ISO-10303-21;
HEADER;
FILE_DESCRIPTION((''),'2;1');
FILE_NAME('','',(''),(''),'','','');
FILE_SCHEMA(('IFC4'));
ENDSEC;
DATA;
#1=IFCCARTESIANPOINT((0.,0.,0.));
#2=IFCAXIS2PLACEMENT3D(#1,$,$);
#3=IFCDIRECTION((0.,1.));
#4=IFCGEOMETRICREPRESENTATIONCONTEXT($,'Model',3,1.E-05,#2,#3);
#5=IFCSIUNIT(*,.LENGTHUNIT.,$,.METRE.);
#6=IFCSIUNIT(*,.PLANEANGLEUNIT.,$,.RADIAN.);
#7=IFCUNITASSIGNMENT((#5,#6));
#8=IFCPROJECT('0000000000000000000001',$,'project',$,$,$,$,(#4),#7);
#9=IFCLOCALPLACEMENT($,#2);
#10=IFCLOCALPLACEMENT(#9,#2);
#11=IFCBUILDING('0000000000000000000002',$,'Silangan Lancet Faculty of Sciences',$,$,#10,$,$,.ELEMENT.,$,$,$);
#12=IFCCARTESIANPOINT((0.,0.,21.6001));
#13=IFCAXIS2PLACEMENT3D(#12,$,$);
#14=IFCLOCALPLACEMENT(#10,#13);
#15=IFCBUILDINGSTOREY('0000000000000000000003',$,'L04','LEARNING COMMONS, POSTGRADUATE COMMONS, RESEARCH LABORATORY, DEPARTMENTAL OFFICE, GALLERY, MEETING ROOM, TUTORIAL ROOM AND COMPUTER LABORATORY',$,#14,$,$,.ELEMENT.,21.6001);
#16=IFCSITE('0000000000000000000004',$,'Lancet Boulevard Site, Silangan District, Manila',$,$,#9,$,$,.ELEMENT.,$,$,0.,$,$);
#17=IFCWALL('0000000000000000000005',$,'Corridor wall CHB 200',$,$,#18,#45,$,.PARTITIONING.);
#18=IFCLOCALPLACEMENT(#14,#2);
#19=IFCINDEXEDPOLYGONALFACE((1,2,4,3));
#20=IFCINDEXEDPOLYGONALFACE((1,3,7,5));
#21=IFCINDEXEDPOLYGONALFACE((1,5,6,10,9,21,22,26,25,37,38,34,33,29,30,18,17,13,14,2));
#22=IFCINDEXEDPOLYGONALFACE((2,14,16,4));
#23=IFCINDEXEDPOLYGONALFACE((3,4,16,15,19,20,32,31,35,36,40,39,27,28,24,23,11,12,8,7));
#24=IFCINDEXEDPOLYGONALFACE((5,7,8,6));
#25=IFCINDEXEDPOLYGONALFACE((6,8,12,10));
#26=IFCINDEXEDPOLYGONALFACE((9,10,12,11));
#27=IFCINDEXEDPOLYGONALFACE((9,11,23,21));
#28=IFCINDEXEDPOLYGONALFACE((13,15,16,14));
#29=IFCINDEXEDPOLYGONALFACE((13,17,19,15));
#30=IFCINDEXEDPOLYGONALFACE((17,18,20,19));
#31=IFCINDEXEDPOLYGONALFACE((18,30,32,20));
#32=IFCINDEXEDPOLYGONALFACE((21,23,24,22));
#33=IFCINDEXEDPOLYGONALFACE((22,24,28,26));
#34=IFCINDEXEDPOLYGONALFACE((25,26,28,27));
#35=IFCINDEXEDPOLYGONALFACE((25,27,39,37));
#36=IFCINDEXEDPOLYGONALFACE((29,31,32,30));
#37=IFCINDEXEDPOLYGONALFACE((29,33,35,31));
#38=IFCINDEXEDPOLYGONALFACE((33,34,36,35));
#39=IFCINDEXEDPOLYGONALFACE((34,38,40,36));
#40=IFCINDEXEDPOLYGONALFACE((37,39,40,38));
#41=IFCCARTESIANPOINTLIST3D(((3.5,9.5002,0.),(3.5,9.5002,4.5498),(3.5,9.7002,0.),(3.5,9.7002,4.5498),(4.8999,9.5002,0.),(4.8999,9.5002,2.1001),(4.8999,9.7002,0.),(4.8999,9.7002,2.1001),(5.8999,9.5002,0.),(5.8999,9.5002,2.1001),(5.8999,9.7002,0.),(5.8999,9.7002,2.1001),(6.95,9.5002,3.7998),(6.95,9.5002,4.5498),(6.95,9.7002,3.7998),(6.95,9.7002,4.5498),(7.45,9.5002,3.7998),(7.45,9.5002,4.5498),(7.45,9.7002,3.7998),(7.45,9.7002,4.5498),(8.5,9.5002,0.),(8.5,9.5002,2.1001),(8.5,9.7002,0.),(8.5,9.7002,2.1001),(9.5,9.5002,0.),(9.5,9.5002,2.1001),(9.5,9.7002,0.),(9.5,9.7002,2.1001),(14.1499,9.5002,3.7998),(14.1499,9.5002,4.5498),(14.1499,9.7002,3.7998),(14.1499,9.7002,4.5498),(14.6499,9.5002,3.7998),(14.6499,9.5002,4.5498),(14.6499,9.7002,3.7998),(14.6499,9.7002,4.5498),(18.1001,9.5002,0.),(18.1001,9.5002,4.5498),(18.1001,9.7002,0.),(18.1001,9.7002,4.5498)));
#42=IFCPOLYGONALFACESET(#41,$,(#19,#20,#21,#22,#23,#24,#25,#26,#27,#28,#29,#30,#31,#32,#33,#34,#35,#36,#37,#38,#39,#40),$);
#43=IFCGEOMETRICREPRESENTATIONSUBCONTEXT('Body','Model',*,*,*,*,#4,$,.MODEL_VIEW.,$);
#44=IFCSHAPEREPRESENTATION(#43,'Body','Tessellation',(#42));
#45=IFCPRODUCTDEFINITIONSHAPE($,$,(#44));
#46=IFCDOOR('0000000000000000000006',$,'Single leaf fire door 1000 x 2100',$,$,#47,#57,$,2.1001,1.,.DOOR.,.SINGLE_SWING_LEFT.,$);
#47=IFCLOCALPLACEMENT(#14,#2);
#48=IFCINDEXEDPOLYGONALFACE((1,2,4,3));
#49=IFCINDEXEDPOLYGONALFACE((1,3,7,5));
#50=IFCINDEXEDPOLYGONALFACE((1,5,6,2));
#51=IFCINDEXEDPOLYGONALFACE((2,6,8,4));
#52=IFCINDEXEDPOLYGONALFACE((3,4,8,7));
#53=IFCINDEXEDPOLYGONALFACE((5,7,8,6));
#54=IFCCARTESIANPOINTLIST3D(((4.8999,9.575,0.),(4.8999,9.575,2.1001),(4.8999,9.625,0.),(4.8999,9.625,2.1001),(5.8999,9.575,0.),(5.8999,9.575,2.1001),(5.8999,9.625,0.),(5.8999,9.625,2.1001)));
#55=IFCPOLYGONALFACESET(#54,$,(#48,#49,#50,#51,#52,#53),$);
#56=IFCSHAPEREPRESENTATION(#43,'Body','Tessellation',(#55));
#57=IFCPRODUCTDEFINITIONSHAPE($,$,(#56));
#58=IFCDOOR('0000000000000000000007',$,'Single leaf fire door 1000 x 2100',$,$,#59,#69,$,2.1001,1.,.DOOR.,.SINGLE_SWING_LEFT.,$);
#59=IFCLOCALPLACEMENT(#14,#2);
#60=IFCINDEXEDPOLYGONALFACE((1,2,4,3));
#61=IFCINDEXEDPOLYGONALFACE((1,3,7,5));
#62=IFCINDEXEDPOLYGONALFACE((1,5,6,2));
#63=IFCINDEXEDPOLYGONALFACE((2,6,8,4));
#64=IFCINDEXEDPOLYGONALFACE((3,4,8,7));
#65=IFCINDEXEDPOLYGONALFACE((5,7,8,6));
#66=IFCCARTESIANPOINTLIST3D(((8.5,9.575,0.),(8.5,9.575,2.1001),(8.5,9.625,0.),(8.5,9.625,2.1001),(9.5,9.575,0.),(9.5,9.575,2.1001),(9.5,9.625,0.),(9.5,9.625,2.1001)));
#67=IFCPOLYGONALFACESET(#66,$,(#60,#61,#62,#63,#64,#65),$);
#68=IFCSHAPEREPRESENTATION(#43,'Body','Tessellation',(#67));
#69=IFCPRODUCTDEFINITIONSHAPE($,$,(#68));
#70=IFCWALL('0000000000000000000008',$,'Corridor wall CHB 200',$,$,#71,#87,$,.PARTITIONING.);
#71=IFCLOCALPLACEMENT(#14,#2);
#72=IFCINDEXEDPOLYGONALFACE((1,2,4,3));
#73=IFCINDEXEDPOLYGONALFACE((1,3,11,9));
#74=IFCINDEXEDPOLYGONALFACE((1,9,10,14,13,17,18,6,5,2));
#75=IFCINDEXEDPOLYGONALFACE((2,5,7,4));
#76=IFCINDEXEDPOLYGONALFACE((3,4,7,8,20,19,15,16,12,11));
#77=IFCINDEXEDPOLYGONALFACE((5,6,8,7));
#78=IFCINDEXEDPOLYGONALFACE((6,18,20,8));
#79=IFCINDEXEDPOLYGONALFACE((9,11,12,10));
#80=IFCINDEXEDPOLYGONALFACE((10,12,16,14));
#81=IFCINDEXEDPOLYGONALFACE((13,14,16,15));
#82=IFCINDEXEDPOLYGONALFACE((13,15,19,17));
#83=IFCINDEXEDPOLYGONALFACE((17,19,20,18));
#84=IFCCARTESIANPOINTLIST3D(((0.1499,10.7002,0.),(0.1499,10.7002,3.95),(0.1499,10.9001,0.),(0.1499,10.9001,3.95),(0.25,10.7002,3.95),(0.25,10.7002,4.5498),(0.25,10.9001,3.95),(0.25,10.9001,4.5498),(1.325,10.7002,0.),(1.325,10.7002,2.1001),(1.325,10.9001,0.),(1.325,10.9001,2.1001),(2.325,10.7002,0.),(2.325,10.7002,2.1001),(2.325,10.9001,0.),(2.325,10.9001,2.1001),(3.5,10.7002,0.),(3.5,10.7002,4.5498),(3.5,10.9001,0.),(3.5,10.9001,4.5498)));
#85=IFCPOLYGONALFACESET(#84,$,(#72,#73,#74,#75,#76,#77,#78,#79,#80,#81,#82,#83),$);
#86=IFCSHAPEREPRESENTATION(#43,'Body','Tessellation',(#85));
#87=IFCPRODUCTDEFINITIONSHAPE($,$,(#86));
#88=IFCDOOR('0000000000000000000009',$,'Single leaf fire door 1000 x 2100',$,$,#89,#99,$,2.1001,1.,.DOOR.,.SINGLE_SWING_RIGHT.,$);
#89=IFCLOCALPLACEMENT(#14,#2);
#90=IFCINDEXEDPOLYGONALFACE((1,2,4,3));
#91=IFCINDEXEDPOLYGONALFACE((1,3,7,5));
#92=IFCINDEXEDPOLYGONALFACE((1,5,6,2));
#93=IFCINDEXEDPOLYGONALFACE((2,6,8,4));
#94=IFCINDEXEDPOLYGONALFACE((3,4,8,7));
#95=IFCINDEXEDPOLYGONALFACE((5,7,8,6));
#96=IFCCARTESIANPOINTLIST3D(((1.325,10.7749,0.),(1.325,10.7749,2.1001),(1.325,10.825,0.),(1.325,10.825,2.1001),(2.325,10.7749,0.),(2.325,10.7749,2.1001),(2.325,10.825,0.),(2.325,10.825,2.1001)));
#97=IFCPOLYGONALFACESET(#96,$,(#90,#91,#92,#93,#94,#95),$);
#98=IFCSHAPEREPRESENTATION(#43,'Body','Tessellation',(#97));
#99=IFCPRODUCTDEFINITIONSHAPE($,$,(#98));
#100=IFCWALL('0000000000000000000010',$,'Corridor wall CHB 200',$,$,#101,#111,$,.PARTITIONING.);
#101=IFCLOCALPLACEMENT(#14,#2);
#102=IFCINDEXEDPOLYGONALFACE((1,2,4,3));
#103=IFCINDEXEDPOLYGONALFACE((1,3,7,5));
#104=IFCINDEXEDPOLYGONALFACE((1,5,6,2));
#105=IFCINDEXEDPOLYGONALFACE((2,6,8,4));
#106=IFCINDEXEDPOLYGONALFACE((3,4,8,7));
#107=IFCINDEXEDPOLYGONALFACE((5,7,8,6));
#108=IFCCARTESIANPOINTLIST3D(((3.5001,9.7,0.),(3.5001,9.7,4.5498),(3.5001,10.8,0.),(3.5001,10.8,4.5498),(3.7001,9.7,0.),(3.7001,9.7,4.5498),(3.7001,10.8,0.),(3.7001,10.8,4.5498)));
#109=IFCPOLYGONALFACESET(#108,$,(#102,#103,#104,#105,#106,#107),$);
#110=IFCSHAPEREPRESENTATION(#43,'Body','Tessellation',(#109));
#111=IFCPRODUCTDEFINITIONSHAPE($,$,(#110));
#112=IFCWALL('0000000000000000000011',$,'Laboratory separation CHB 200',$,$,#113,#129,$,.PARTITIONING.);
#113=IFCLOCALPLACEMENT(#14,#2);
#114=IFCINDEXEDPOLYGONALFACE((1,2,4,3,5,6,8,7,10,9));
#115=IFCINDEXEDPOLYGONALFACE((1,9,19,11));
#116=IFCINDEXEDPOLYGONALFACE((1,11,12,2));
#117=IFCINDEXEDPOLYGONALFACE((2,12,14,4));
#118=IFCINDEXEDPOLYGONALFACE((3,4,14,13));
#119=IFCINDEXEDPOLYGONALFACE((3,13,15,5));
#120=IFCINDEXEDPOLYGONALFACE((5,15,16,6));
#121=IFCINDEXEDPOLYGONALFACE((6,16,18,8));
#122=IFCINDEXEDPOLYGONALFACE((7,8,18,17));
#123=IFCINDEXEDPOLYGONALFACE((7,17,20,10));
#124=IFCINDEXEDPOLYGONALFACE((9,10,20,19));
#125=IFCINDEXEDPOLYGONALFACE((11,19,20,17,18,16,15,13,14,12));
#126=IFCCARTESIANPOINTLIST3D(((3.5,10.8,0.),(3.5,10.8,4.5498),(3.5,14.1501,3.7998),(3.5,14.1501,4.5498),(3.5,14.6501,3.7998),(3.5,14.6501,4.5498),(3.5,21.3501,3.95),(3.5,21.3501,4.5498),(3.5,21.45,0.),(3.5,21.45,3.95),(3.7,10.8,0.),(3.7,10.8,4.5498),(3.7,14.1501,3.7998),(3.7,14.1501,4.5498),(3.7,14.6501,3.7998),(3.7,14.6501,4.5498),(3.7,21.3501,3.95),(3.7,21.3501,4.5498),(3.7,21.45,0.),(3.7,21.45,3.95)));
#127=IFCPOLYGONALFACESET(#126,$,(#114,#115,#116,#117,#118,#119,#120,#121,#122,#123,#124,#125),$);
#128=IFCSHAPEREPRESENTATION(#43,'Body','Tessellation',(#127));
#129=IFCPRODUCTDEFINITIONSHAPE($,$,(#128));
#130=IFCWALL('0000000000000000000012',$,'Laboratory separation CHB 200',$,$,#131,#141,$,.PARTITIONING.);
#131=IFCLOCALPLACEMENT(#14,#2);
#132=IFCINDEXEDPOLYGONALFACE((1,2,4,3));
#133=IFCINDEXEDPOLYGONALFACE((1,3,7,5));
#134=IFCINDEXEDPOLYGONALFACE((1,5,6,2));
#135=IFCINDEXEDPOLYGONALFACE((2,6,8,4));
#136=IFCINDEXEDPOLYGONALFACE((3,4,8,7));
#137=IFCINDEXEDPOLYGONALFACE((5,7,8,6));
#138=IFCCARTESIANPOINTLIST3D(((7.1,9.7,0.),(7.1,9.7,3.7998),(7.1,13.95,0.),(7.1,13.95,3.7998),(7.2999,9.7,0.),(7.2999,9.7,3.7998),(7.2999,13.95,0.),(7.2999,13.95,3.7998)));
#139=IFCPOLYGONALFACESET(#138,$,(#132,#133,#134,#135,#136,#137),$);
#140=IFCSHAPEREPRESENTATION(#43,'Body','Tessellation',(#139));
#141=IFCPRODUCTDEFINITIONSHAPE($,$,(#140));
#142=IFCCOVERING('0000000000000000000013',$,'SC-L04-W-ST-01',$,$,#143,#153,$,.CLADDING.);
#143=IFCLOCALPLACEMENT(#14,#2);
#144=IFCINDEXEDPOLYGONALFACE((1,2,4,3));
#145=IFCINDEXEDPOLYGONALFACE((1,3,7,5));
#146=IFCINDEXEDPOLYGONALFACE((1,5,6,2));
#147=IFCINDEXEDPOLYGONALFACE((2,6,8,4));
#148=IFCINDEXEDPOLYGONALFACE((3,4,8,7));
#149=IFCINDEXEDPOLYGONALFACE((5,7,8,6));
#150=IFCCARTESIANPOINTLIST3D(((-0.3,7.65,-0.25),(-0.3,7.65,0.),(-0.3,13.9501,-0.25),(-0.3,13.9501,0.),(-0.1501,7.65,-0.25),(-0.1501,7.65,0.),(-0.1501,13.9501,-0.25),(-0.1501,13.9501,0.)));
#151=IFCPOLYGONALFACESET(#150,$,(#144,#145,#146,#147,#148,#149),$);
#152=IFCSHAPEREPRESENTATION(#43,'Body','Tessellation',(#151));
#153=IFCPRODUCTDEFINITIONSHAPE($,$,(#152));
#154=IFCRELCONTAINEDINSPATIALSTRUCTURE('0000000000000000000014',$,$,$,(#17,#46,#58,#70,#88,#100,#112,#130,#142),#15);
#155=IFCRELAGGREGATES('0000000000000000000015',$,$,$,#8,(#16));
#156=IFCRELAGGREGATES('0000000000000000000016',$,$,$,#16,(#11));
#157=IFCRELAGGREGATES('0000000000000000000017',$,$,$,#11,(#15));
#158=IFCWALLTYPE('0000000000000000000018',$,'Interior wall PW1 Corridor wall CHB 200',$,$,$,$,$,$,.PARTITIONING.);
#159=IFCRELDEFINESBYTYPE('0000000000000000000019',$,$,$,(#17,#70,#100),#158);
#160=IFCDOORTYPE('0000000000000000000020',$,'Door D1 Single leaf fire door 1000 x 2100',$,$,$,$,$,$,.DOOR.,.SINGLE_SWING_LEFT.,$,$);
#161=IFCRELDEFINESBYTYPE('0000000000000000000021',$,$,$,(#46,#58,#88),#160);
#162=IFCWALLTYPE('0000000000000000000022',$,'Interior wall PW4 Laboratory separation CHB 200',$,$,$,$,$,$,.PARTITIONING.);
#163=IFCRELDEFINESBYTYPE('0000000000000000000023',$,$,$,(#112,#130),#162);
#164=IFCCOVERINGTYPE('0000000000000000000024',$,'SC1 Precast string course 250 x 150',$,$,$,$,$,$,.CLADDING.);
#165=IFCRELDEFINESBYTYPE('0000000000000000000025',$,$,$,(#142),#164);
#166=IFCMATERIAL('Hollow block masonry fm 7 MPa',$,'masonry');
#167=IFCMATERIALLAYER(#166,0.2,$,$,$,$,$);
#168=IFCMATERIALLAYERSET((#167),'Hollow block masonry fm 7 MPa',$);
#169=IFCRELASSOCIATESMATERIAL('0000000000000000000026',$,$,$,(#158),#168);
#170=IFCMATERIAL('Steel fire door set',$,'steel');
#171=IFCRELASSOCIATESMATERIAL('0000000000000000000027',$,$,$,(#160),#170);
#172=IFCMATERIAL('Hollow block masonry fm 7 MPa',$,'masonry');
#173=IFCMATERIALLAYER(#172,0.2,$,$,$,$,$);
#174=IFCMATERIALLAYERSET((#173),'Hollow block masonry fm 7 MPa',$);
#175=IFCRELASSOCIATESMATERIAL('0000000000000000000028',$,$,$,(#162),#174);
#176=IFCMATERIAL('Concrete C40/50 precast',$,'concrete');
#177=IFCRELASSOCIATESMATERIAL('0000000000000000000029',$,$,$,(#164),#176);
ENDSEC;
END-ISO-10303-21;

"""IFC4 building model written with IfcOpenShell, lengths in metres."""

from ifc_helpers import new_model, si_unit, direction, frame, frame_2d, origin, origin_2d, place, context, subcontext, project, spatial, polyline, rectangle, outline, extrude, material, layer, layer_set, type_object, element, fill, save


model = new_model("IFC4")

# Units and contexts
model_context = context("Model", 3, precision=1e-05, world=origin(), true_north=direction((0.0, 1.0)))
body_context = subcontext(model_context, "Body", "Model", "MODEL_VIEW")
ifc_project = project(units=[si_unit("LENGTHUNIT", "METRE"), si_unit("PLANEANGLEUNIT", "RADIAN")], contexts=[model_context])

# Site, building, storey
site_placement = place(None, origin())
site = spatial("IfcSite", under=ifc_project, at=site_placement, Name="Lancet Boulevard Site, Silangan District, Manila", CompositionType="ELEMENT", RefElevation=0.0)
building_placement = place(site_placement, origin())
building = spatial("IfcBuilding", under=site, at=building_placement, Name="Silangan Lancet Faculty of Sciences", CompositionType="ELEMENT")
storey_placement = place(building_placement, frame((0.0, 0.0, 21.6001)))
storey = spatial("IfcBuildingStorey", under=building, at=storey_placement, Name="L04", Description="LEARNING COMMONS, POSTGRADUATE COMMONS, RESEARCH LABORATORY, DEPARTMENTAL OFFICE, GALLERY, MEETING ROOM, TUTORIAL ROOM AND COMPUTER LABORATORY", CompositionType="ELEMENT", Elevation=21.6001)

# Shared definitions
ifc_material_1 = material(Name="Hollow block masonry fm 7 MPa", Category="masonry")
ifc_layer_1 = layer(ifc_material_1, 0.2)
ifc_layer_set_1 = layer_set([ifc_layer_1], Name="Hollow block masonry fm 7 MPa")
wall_type_1 = type_object("IfcWallType", Name="Interior wall PW1 Corridor wall CHB 200", PredefinedType="PARTITIONING", material=ifc_layer_set_1)
ifc_material_2 = material(Name="Steel fire door set", Category="steel")
door_type = type_object("IfcDoorType", Name="Door D1 Single leaf fire door 1000 x 2100", OperationType="SINGLE_SWING_LEFT", PredefinedType="DOOR", material=ifc_material_2)

# Wall, openings, doors
wall_1_placement = place(storey_placement, frame((3.5, 9.6001, 0.0), z_axis=(0.0, 0.0, 1.0), x_axis=(1.0, 0.0, 0.0)))
wall_1 = element("IfcWall", 1, at=wall_1_placement, inside=storey, type_object=wall_type_1, Name="Corridor wall CHB 200", PredefinedType="PARTITIONING", context=body_context, shape_type="SweptSolid", body=[
    extrude(outline(polyline([(0.0, 0.0), (14.6001, 0.0), (14.6001, 4.5498), (11.1499, 4.5498), (11.1499, 3.7998), (10.6499, 3.7998), (10.6499, 4.5498), (3.95, 4.5498), (3.95, 3.7998), (3.45, 3.7998), (3.45, 4.5498), (0.0, 4.5498), (0.0, 0.0)])), frame((0.0, 0.1001, 0.0), z_axis=(0.0, -1.0, 0.0), x_axis=(1.0, 0.0, 0.0)), (0.0, 0.0, 1.0), 0.2),
])
opening_1_placement = place(wall_1_placement, frame((1.3999, 0.0, 0.0)))
opening_1 = element("IfcOpeningElement", 2, at=opening_1_placement, cuts=wall_1, PredefinedType="OPENING", context=body_context, shape_type="SweptSolid", body=[
    extrude(rectangle(XDim=1.0, YDim=2.1001, at=frame_2d((0.5, 1.05))), frame((0.0, 0.1099, 0.0), z_axis=(0.0, -1.0, 0.0), x_axis=(1.0, 0.0, 0.0)), (0.0, 0.0, 1.0), 0.22),
])
opening_2_placement = place(wall_1_placement, frame((5.0, 0.0, 0.0)))
opening_2 = element("IfcOpeningElement", 3, at=opening_2_placement, cuts=wall_1, PredefinedType="OPENING", context=body_context, shape_type="SweptSolid", body=[
    extrude(rectangle(XDim=1.0, YDim=2.1001, at=frame_2d((0.5, 1.05))), frame((0.0, 0.1099, 0.0), z_axis=(0.0, -1.0, 0.0), x_axis=(1.0, 0.0, 0.0)), (0.0, 0.0, 1.0), 0.22),
])
door_1_placement = place(opening_1_placement, origin())
door_1 = element("IfcDoor", 4, at=door_1_placement, inside=storey, type_object=door_type, Name="Single leaf fire door 1000 x 2100", OperationType="SINGLE_SWING_LEFT", OverallHeight=2.1001, OverallWidth=1.0, PredefinedType="DOOR", context=body_context, shape_type="SweptSolid", body=[
    extrude(rectangle(XDim=1.0, YDim=2.1001, at=frame_2d((0.5, 1.05))), frame((0.0, 0.0249, 0.0), z_axis=(0.0, -1.0, 0.0), x_axis=(1.0, 0.0, 0.0)), (0.0, 0.0, 1.0), 0.05),
])
fill(opening_1, door_1)
door_2_placement = place(opening_2_placement, origin())
door_2 = element("IfcDoor", 5, at=door_2_placement, inside=storey, type_object=door_type, Name="Single leaf fire door 1000 x 2100", OperationType="SINGLE_SWING_LEFT", OverallHeight=2.1001, OverallWidth=1.0, PredefinedType="DOOR", context=body_context, shape_type="SweptSolid", body=[
    extrude(rectangle(XDim=1.0, YDim=2.1001, at=frame_2d((0.5, 1.05))), frame((0.0, 0.0249, 0.0), z_axis=(0.0, -1.0, 0.0), x_axis=(1.0, 0.0, 0.0)), (0.0, 0.0, 1.0), 0.05),
])
fill(opening_2, door_2)

# Wall, opening, door
wall_2_placement = place(storey_placement, frame((0.1499, 10.8, 0.0), z_axis=(0.0, 0.0, 1.0), x_axis=(1.0, 0.0, 0.0)))
wall_2 = element("IfcWall", 6, at=wall_2_placement, inside=storey, type_object=wall_type_1, Name="Corridor wall CHB 200", PredefinedType="PARTITIONING", context=body_context, shape_type="SweptSolid", body=[
    extrude(outline(polyline([(0.0, 0.0), (3.3501, 0.0), (3.3501, 4.5498), (0.1001, 4.5498), (0.1001, 3.95), (0.0, 3.95), (0.0, 0.0)])), frame((0.0, 0.1001, 0.0), z_axis=(0.0, -1.0, 0.0), x_axis=(1.0, 0.0, 0.0)), (0.0, 0.0, 1.0), 0.2),
])
opening_3_placement = place(wall_2_placement, frame((1.175, 0.0, 0.0)))
opening_3 = element("IfcOpeningElement", 7, at=opening_3_placement, cuts=wall_2, PredefinedType="OPENING", context=body_context, shape_type="SweptSolid", body=[
    extrude(rectangle(XDim=1.0, YDim=2.1001, at=frame_2d((0.5, 1.05))), frame((0.0, 0.1099, 0.0), z_axis=(0.0, -1.0, 0.0), x_axis=(1.0, 0.0, 0.0)), (0.0, 0.0, 1.0), 0.22),
])
door_3_placement = place(opening_3_placement, origin())
door_3 = element("IfcDoor", 8, at=door_3_placement, inside=storey, type_object=door_type, Name="Single leaf fire door 1000 x 2100", OperationType="SINGLE_SWING_RIGHT", OverallHeight=2.1001, OverallWidth=1.0, PredefinedType="DOOR", context=body_context, shape_type="SweptSolid", body=[
    extrude(rectangle(XDim=1.0, YDim=2.1001, at=frame_2d((0.5, 1.05))), frame((0.0, 0.0249, 0.0), z_axis=(0.0, -1.0, 0.0), x_axis=(1.0, 0.0, 0.0)), (0.0, 0.0, 1.0), 0.05),
])
fill(opening_3, door_3)

# Walls
wall_3_placement = place(storey_placement, frame((3.6001, 9.7, 0.0), z_axis=(0.0, 0.0, 1.0), x_axis=(0.0, 1.0, 0.0)))
element("IfcWall", 9, at=wall_3_placement, inside=storey, type_object=wall_type_1, Name="Corridor wall CHB 200", PredefinedType="PARTITIONING", context=body_context, shape_type="SweptSolid", body=[
    extrude(rectangle(XDim=1.1001, YDim=0.2, at=frame_2d((0.55, 0.0))), origin(), (0.0, 0.0, 1.0), 4.5498),
])
ifc_material_3 = material(Name="Hollow block masonry fm 7 MPa", Category="masonry")
ifc_layer_2 = layer(ifc_material_3, 0.2)
ifc_layer_set_2 = layer_set([ifc_layer_2], Name="Hollow block masonry fm 7 MPa")
wall_type_2 = type_object("IfcWallType", Name="Interior wall PW4 Laboratory separation CHB 200", PredefinedType="PARTITIONING", material=ifc_layer_set_2)
wall_4_placement = place(storey_placement, frame((3.6001, 10.8, 0.0), z_axis=(0.0, 0.0, 1.0), x_axis=(0.0, 1.0, 0.0)))
element("IfcWall", 10, at=wall_4_placement, inside=storey, type_object=wall_type_2, Name="Laboratory separation CHB 200", PredefinedType="PARTITIONING", context=body_context, shape_type="SweptSolid", body=[
    extrude(outline(polyline([(0.0, 0.0), (10.6499, 0.0), (10.6499, 3.95), (10.55, 3.95), (10.55, 4.5498), (3.8501, 4.5498), (3.8501, 3.7998), (3.3501, 3.7998), (3.3501, 4.5498), (0.0, 4.5498), (0.0, 0.0)])), frame((0.0, 0.1001, 0.0), z_axis=(0.0, -1.0, 0.0), x_axis=(1.0, 0.0, 0.0)), (0.0, 0.0, 1.0), 0.2),
])
wall_5_placement = place(storey_placement, frame((7.2, 9.7, 0.0), z_axis=(0.0, 0.0, 1.0), x_axis=(0.0, 1.0, 0.0)))
element("IfcWall", 11, at=wall_5_placement, inside=storey, type_object=wall_type_2, Name="Laboratory separation CHB 200", PredefinedType="PARTITIONING", context=body_context, shape_type="SweptSolid", body=[
    extrude(rectangle(XDim=4.25, YDim=0.2, at=frame_2d((2.125, 0.0))), origin(), (0.0, 0.0, 1.0), 3.7998),
])

# Covering
ifc_material_4 = material(Name="Concrete C40/50 precast", Category="concrete")
covering_type = type_object("IfcCoveringType", Name="SC1 Precast string course 250 x 150", PredefinedType="CLADDING", material=ifc_material_4)
covering_placement = place(storey_placement, frame((-0.2251, 10.8, -0.25), z_axis=(0.0, 0.0, 1.0), x_axis=(1.0, 0.0, 0.0)))
element("IfcCovering", 12, at=covering_placement, inside=storey, type_object=covering_type, Name="SC-L04-W-ST-01", PredefinedType="CLADDING", context=body_context, shape_type="SweptSolid", body=[
    extrude(rectangle(XDim=0.1499, YDim=6.3, at=origin_2d()), origin(), (0.0, 0.0, 1.0), 0.25),
])

save(model, "model.ifc")
